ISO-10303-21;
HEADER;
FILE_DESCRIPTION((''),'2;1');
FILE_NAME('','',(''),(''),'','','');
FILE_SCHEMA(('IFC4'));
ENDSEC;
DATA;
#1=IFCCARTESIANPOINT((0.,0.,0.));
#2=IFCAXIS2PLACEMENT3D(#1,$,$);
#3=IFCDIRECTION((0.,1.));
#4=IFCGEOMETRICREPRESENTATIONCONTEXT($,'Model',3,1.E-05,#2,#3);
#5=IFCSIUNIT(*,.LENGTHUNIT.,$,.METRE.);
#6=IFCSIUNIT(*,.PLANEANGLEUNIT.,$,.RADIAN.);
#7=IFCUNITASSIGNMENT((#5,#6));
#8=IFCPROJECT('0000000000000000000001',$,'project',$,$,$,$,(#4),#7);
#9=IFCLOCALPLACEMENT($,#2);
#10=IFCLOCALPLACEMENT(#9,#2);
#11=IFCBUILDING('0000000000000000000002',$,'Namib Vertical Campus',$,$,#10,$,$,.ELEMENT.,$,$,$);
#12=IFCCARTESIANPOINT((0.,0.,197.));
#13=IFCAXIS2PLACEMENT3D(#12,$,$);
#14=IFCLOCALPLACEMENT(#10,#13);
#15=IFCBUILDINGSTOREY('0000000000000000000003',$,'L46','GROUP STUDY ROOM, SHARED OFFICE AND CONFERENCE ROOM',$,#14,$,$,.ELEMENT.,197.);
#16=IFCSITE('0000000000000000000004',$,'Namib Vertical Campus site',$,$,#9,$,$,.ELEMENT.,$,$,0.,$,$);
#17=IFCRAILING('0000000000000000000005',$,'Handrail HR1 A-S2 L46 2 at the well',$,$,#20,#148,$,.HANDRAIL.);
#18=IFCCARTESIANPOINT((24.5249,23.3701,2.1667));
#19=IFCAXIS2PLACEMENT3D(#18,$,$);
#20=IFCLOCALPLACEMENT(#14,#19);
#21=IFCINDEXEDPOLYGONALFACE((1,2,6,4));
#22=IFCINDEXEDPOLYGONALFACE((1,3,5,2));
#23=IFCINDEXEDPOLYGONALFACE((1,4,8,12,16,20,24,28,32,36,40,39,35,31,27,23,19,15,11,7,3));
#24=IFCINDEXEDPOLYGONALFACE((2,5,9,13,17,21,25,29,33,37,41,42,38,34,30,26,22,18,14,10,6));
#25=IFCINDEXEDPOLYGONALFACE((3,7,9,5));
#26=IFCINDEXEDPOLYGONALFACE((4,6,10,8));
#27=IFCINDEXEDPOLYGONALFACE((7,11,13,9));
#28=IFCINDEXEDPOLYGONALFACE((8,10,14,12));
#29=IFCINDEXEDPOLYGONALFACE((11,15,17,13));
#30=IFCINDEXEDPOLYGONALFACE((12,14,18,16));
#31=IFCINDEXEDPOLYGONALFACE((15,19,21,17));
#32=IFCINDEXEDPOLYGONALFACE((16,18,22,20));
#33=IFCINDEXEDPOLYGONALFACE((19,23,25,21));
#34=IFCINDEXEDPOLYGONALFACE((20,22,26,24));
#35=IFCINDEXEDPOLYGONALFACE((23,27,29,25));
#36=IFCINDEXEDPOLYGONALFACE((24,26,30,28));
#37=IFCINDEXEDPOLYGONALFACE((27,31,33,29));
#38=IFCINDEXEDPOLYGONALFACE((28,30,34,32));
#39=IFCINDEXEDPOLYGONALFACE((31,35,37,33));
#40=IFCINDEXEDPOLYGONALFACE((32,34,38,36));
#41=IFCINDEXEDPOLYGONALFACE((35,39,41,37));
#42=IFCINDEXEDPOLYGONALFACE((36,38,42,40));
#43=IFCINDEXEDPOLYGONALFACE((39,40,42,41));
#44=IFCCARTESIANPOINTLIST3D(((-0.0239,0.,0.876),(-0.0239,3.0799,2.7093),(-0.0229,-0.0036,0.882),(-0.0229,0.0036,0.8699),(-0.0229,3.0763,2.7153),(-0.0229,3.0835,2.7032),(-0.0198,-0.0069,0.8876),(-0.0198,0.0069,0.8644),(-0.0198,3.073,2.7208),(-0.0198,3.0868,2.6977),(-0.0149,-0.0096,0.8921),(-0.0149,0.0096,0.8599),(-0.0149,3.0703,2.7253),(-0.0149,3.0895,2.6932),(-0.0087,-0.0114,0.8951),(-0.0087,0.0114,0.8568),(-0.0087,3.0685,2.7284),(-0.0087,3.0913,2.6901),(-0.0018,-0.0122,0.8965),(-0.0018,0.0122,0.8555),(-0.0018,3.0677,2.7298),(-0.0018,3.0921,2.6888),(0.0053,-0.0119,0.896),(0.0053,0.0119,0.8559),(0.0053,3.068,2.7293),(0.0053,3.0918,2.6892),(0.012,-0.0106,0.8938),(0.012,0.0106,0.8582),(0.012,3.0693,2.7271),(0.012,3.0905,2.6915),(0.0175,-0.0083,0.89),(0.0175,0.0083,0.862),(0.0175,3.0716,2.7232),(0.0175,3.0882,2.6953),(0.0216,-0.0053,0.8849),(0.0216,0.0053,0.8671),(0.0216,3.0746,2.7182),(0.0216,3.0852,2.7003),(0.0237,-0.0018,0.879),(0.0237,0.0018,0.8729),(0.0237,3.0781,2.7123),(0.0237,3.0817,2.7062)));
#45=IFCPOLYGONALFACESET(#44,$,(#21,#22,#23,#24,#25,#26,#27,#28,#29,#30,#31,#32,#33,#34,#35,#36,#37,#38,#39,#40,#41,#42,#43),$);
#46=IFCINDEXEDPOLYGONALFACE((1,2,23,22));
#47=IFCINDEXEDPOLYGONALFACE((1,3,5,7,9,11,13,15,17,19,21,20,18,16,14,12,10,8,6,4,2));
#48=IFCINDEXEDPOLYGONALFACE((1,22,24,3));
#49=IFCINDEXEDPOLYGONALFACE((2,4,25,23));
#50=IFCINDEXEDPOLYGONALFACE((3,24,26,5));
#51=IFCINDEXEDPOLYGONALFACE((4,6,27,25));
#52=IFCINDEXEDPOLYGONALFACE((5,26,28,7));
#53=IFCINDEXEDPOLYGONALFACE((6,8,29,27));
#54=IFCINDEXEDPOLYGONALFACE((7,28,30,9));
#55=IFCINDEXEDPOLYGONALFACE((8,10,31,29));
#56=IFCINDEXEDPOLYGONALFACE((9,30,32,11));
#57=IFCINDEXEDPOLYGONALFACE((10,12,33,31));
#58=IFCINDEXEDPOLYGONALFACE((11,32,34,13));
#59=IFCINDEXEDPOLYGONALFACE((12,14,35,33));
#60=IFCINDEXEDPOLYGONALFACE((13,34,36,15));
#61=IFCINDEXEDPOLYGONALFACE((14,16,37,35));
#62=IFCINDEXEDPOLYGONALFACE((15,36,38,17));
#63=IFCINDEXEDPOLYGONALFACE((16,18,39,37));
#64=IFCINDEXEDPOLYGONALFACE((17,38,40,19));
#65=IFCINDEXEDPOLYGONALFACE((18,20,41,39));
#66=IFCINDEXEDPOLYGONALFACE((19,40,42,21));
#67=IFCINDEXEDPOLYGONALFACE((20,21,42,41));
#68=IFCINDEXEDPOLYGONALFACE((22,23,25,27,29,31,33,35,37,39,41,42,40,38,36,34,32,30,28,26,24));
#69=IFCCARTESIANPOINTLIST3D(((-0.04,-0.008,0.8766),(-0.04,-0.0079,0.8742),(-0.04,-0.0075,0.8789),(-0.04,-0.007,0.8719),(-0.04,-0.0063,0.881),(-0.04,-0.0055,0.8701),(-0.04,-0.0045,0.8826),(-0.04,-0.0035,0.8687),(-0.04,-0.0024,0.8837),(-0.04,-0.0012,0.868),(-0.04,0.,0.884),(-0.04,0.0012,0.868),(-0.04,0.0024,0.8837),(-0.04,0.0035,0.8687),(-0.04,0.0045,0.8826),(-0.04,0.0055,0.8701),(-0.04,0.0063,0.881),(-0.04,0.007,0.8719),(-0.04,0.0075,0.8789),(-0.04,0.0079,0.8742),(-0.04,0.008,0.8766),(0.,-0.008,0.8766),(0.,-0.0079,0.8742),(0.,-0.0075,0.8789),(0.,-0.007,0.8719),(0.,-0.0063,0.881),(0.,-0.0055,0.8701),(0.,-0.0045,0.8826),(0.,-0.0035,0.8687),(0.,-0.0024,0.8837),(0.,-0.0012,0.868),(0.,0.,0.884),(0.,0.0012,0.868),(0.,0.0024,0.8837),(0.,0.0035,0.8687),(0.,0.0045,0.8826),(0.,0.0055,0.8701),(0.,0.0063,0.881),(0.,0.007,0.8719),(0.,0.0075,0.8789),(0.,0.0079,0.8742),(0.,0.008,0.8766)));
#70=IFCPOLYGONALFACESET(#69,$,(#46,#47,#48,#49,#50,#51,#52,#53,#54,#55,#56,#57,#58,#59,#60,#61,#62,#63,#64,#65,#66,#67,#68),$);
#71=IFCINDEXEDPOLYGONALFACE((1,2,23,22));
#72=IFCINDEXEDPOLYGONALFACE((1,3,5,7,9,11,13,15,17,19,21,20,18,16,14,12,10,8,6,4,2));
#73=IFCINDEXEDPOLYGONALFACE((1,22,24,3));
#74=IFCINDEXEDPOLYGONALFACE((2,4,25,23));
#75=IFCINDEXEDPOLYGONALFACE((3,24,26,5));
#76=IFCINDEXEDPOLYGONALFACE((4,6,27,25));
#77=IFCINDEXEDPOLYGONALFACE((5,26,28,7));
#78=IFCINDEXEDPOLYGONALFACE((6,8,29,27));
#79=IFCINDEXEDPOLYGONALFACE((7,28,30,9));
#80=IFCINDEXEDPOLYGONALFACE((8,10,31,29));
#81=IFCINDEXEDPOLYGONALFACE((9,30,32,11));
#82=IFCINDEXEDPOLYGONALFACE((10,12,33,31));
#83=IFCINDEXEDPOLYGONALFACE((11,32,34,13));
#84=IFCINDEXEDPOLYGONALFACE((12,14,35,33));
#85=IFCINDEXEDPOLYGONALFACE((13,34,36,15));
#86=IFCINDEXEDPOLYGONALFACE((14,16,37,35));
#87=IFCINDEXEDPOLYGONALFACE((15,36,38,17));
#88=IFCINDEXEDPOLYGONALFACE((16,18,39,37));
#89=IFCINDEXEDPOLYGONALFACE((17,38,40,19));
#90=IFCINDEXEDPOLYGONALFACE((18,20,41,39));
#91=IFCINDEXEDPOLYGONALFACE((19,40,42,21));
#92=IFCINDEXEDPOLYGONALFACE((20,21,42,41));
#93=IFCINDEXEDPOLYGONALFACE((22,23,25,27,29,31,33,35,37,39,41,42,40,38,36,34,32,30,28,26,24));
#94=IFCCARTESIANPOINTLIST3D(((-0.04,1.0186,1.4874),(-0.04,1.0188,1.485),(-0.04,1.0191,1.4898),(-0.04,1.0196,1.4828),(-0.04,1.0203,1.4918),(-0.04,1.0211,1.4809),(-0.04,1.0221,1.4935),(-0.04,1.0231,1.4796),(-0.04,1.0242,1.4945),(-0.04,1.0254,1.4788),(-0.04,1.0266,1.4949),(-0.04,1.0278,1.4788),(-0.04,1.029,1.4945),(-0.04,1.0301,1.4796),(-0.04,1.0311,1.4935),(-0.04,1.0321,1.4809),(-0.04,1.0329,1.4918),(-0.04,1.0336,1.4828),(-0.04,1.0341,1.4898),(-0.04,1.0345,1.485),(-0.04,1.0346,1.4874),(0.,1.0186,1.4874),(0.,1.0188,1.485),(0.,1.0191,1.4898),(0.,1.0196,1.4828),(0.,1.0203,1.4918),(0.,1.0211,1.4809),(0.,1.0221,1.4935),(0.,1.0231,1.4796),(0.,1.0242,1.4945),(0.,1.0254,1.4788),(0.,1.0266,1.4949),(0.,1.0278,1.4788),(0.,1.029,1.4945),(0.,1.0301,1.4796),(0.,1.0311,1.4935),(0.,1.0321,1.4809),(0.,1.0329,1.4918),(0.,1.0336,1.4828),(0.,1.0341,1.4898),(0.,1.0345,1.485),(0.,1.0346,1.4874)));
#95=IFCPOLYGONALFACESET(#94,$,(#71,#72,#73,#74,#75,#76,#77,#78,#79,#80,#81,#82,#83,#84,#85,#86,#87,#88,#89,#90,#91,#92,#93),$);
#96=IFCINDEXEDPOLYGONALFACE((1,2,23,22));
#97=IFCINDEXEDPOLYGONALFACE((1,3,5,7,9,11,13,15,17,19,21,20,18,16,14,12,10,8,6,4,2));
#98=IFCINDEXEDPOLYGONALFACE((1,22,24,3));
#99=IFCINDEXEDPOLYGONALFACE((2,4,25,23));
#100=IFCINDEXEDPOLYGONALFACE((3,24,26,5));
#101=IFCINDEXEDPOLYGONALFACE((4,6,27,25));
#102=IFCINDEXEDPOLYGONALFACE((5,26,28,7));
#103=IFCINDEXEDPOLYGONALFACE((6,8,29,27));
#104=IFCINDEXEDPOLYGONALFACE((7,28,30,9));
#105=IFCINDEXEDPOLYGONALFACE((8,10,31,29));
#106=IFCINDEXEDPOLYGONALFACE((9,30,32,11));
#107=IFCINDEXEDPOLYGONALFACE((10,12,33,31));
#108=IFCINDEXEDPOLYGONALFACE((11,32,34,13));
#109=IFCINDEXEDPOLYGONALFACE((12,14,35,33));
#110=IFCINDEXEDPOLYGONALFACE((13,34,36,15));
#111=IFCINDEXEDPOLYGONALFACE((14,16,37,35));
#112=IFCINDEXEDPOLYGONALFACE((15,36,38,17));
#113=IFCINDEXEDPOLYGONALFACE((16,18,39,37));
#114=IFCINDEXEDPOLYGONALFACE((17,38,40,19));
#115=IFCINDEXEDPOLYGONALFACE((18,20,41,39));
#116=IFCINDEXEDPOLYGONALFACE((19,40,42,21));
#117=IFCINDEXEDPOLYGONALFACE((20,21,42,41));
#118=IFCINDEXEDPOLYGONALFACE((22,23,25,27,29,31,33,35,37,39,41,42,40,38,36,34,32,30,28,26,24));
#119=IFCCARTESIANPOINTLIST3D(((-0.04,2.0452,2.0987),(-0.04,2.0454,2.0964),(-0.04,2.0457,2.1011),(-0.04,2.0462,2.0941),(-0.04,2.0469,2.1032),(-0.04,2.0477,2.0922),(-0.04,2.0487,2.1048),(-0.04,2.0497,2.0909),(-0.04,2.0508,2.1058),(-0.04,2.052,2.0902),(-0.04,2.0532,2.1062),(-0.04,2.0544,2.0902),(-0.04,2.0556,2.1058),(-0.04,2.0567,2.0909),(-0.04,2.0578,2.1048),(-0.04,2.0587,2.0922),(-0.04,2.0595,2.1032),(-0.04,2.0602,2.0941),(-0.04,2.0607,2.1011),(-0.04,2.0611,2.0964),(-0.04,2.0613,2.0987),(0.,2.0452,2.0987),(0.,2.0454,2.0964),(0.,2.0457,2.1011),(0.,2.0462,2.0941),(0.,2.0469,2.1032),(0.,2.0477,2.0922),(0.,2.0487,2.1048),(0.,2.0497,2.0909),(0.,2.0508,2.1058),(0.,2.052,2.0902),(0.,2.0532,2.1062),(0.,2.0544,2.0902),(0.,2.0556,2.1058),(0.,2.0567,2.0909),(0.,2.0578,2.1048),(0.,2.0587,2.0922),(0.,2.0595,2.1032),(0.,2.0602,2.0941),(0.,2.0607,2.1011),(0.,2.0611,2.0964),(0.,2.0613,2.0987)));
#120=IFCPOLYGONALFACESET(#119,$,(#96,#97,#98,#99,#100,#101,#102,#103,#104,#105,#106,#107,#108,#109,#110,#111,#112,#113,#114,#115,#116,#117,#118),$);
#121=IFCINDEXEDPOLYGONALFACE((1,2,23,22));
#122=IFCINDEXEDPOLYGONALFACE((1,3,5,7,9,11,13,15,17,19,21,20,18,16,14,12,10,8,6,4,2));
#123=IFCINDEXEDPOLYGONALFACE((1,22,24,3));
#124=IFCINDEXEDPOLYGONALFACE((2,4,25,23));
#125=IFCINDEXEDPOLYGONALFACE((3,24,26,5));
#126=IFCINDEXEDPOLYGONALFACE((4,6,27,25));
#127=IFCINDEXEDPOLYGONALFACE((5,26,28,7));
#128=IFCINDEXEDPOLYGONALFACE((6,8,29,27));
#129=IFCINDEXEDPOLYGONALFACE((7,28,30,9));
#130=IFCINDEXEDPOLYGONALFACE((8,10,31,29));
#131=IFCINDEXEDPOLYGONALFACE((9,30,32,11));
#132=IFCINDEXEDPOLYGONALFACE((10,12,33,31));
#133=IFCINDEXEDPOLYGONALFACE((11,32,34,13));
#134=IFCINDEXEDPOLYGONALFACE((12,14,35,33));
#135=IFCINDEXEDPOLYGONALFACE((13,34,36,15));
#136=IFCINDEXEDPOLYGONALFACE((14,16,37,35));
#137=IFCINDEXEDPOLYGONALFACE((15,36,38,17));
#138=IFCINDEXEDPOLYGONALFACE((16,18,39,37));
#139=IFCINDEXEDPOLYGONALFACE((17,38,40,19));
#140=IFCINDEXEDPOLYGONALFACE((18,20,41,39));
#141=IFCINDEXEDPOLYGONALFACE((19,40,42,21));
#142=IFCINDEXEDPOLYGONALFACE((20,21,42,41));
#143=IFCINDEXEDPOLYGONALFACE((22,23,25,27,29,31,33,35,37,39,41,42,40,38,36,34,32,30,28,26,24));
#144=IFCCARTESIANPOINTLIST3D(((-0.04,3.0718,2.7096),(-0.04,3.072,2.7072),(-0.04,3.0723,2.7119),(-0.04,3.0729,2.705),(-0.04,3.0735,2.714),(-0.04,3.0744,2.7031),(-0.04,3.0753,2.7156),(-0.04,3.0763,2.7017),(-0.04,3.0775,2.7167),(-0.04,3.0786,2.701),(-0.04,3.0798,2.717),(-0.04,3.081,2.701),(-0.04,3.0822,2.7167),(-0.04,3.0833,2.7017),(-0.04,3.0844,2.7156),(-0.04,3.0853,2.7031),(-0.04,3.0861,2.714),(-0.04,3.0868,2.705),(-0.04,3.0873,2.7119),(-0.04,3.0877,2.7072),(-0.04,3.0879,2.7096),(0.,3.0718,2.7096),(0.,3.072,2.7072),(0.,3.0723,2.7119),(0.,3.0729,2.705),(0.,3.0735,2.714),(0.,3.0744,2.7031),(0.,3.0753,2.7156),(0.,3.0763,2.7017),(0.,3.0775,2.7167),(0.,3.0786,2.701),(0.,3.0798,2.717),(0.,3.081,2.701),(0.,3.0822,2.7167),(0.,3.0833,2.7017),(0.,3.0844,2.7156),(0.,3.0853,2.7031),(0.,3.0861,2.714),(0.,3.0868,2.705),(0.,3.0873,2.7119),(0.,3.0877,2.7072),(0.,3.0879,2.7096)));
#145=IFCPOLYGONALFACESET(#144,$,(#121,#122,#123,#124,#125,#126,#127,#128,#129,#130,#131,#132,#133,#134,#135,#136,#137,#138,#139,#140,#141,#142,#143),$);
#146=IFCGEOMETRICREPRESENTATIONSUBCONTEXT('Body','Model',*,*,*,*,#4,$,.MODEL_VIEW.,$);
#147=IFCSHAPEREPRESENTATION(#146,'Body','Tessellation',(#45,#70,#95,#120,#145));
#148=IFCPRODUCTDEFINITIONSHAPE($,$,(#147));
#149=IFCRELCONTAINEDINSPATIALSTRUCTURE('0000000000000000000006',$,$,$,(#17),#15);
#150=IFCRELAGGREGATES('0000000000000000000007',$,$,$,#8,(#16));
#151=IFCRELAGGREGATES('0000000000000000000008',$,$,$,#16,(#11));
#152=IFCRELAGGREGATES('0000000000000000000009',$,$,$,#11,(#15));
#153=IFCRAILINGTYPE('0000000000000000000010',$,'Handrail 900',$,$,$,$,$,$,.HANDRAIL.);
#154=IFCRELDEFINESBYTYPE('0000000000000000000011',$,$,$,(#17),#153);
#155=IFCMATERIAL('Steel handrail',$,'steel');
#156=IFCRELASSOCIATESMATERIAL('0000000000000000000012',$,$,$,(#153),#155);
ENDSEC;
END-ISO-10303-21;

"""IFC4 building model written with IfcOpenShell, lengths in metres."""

from ifc_helpers import new_model, si_unit, direction, frame, origin, origin_2d, place, context, subcontext, project, spatial, circle, extrude, material, type_object, element, save


model = new_model("IFC4")

# Units and contexts
model_context = context("Model", 3, precision=1e-05, world=origin(), true_north=direction((0.0, 1.0)))
body_context = subcontext(model_context, "Body", "Model", "MODEL_VIEW")
ifc_project = project(units=[si_unit("LENGTHUNIT", "METRE"), si_unit("PLANEANGLEUNIT", "RADIAN")], contexts=[model_context])

# Site, building, storey
site_placement = place(None, origin())
site = spatial("IfcSite", under=ifc_project, at=site_placement, Name="Namib Vertical Campus site", CompositionType="ELEMENT", RefElevation=0.0)
building_placement = place(site_placement, origin())
building = spatial("IfcBuilding", under=site, at=building_placement, Name="Namib Vertical Campus", CompositionType="ELEMENT")
storey_placement = place(building_placement, frame((0.0, 0.0, 197.0)))
storey = spatial("IfcBuildingStorey", under=building, at=storey_placement, Name="L46", Description="GROUP STUDY ROOM, SHARED OFFICE AND CONFERENCE ROOM", CompositionType="ELEMENT", Elevation=197.0)

# Railing
ifc_material_1 = material(Name="Steel handrail", Category="steel")
railing_type_1 = type_object("IfcRailingType", Name="Handrail 900", PredefinedType="HANDRAIL", material=ifc_material_1)
railing_1_placement = place(storey_placement, frame((24.5249, 23.3701, 2.1667)))
element("IfcRailing", 1, at=railing_1_placement, inside=storey, type_object=railing_type_1, Name="Handrail HR1 A-S2 L46 2 at the well", PredefinedType="HANDRAIL", context=body_context, shape_type="SweptSolid", body=[
    extrude(circle(Radius=0.0239, at=origin_2d()), frame((0.0, 0.0, 0.876), z_axis=(0.0, 0.859291, 0.511487), x_axis=(-1.0, 0.0, 0.0)), (0.0, 0.0, 1.0), 3.5842),
    extrude(circle(Radius=0.0081, at=origin_2d()), frame((0.0, 0.0, 0.876), z_axis=(-1.0, 0.0, 0.0), x_axis=(0.0, 0.0, 1.0)), (0.0, 0.0, 1.0), 0.04),
    extrude(circle(Radius=0.0081, at=origin_2d()), frame((0.0, 1.0266, 1.4868), z_axis=(-1.0, 0.0, 0.0), x_axis=(0.0, 0.0, 1.0)), (0.0, 0.0, 1.0), 0.04),
    extrude(circle(Radius=0.0081, at=origin_2d()), frame((0.0, 2.0532, 2.0981), z_axis=(-1.0, 0.0, 0.0), x_axis=(0.0, 0.0, 1.0)), (0.0, 0.0, 1.0), 0.04),
    extrude(circle(Radius=0.0081, at=origin_2d()), frame((0.0, 3.0798, 2.709), z_axis=(-1.0, 0.0, 0.0), x_axis=(0.0, 0.0, 1.0)), (0.0, 0.0, 1.0), 0.04),
])

save(model, "model.ifc")
